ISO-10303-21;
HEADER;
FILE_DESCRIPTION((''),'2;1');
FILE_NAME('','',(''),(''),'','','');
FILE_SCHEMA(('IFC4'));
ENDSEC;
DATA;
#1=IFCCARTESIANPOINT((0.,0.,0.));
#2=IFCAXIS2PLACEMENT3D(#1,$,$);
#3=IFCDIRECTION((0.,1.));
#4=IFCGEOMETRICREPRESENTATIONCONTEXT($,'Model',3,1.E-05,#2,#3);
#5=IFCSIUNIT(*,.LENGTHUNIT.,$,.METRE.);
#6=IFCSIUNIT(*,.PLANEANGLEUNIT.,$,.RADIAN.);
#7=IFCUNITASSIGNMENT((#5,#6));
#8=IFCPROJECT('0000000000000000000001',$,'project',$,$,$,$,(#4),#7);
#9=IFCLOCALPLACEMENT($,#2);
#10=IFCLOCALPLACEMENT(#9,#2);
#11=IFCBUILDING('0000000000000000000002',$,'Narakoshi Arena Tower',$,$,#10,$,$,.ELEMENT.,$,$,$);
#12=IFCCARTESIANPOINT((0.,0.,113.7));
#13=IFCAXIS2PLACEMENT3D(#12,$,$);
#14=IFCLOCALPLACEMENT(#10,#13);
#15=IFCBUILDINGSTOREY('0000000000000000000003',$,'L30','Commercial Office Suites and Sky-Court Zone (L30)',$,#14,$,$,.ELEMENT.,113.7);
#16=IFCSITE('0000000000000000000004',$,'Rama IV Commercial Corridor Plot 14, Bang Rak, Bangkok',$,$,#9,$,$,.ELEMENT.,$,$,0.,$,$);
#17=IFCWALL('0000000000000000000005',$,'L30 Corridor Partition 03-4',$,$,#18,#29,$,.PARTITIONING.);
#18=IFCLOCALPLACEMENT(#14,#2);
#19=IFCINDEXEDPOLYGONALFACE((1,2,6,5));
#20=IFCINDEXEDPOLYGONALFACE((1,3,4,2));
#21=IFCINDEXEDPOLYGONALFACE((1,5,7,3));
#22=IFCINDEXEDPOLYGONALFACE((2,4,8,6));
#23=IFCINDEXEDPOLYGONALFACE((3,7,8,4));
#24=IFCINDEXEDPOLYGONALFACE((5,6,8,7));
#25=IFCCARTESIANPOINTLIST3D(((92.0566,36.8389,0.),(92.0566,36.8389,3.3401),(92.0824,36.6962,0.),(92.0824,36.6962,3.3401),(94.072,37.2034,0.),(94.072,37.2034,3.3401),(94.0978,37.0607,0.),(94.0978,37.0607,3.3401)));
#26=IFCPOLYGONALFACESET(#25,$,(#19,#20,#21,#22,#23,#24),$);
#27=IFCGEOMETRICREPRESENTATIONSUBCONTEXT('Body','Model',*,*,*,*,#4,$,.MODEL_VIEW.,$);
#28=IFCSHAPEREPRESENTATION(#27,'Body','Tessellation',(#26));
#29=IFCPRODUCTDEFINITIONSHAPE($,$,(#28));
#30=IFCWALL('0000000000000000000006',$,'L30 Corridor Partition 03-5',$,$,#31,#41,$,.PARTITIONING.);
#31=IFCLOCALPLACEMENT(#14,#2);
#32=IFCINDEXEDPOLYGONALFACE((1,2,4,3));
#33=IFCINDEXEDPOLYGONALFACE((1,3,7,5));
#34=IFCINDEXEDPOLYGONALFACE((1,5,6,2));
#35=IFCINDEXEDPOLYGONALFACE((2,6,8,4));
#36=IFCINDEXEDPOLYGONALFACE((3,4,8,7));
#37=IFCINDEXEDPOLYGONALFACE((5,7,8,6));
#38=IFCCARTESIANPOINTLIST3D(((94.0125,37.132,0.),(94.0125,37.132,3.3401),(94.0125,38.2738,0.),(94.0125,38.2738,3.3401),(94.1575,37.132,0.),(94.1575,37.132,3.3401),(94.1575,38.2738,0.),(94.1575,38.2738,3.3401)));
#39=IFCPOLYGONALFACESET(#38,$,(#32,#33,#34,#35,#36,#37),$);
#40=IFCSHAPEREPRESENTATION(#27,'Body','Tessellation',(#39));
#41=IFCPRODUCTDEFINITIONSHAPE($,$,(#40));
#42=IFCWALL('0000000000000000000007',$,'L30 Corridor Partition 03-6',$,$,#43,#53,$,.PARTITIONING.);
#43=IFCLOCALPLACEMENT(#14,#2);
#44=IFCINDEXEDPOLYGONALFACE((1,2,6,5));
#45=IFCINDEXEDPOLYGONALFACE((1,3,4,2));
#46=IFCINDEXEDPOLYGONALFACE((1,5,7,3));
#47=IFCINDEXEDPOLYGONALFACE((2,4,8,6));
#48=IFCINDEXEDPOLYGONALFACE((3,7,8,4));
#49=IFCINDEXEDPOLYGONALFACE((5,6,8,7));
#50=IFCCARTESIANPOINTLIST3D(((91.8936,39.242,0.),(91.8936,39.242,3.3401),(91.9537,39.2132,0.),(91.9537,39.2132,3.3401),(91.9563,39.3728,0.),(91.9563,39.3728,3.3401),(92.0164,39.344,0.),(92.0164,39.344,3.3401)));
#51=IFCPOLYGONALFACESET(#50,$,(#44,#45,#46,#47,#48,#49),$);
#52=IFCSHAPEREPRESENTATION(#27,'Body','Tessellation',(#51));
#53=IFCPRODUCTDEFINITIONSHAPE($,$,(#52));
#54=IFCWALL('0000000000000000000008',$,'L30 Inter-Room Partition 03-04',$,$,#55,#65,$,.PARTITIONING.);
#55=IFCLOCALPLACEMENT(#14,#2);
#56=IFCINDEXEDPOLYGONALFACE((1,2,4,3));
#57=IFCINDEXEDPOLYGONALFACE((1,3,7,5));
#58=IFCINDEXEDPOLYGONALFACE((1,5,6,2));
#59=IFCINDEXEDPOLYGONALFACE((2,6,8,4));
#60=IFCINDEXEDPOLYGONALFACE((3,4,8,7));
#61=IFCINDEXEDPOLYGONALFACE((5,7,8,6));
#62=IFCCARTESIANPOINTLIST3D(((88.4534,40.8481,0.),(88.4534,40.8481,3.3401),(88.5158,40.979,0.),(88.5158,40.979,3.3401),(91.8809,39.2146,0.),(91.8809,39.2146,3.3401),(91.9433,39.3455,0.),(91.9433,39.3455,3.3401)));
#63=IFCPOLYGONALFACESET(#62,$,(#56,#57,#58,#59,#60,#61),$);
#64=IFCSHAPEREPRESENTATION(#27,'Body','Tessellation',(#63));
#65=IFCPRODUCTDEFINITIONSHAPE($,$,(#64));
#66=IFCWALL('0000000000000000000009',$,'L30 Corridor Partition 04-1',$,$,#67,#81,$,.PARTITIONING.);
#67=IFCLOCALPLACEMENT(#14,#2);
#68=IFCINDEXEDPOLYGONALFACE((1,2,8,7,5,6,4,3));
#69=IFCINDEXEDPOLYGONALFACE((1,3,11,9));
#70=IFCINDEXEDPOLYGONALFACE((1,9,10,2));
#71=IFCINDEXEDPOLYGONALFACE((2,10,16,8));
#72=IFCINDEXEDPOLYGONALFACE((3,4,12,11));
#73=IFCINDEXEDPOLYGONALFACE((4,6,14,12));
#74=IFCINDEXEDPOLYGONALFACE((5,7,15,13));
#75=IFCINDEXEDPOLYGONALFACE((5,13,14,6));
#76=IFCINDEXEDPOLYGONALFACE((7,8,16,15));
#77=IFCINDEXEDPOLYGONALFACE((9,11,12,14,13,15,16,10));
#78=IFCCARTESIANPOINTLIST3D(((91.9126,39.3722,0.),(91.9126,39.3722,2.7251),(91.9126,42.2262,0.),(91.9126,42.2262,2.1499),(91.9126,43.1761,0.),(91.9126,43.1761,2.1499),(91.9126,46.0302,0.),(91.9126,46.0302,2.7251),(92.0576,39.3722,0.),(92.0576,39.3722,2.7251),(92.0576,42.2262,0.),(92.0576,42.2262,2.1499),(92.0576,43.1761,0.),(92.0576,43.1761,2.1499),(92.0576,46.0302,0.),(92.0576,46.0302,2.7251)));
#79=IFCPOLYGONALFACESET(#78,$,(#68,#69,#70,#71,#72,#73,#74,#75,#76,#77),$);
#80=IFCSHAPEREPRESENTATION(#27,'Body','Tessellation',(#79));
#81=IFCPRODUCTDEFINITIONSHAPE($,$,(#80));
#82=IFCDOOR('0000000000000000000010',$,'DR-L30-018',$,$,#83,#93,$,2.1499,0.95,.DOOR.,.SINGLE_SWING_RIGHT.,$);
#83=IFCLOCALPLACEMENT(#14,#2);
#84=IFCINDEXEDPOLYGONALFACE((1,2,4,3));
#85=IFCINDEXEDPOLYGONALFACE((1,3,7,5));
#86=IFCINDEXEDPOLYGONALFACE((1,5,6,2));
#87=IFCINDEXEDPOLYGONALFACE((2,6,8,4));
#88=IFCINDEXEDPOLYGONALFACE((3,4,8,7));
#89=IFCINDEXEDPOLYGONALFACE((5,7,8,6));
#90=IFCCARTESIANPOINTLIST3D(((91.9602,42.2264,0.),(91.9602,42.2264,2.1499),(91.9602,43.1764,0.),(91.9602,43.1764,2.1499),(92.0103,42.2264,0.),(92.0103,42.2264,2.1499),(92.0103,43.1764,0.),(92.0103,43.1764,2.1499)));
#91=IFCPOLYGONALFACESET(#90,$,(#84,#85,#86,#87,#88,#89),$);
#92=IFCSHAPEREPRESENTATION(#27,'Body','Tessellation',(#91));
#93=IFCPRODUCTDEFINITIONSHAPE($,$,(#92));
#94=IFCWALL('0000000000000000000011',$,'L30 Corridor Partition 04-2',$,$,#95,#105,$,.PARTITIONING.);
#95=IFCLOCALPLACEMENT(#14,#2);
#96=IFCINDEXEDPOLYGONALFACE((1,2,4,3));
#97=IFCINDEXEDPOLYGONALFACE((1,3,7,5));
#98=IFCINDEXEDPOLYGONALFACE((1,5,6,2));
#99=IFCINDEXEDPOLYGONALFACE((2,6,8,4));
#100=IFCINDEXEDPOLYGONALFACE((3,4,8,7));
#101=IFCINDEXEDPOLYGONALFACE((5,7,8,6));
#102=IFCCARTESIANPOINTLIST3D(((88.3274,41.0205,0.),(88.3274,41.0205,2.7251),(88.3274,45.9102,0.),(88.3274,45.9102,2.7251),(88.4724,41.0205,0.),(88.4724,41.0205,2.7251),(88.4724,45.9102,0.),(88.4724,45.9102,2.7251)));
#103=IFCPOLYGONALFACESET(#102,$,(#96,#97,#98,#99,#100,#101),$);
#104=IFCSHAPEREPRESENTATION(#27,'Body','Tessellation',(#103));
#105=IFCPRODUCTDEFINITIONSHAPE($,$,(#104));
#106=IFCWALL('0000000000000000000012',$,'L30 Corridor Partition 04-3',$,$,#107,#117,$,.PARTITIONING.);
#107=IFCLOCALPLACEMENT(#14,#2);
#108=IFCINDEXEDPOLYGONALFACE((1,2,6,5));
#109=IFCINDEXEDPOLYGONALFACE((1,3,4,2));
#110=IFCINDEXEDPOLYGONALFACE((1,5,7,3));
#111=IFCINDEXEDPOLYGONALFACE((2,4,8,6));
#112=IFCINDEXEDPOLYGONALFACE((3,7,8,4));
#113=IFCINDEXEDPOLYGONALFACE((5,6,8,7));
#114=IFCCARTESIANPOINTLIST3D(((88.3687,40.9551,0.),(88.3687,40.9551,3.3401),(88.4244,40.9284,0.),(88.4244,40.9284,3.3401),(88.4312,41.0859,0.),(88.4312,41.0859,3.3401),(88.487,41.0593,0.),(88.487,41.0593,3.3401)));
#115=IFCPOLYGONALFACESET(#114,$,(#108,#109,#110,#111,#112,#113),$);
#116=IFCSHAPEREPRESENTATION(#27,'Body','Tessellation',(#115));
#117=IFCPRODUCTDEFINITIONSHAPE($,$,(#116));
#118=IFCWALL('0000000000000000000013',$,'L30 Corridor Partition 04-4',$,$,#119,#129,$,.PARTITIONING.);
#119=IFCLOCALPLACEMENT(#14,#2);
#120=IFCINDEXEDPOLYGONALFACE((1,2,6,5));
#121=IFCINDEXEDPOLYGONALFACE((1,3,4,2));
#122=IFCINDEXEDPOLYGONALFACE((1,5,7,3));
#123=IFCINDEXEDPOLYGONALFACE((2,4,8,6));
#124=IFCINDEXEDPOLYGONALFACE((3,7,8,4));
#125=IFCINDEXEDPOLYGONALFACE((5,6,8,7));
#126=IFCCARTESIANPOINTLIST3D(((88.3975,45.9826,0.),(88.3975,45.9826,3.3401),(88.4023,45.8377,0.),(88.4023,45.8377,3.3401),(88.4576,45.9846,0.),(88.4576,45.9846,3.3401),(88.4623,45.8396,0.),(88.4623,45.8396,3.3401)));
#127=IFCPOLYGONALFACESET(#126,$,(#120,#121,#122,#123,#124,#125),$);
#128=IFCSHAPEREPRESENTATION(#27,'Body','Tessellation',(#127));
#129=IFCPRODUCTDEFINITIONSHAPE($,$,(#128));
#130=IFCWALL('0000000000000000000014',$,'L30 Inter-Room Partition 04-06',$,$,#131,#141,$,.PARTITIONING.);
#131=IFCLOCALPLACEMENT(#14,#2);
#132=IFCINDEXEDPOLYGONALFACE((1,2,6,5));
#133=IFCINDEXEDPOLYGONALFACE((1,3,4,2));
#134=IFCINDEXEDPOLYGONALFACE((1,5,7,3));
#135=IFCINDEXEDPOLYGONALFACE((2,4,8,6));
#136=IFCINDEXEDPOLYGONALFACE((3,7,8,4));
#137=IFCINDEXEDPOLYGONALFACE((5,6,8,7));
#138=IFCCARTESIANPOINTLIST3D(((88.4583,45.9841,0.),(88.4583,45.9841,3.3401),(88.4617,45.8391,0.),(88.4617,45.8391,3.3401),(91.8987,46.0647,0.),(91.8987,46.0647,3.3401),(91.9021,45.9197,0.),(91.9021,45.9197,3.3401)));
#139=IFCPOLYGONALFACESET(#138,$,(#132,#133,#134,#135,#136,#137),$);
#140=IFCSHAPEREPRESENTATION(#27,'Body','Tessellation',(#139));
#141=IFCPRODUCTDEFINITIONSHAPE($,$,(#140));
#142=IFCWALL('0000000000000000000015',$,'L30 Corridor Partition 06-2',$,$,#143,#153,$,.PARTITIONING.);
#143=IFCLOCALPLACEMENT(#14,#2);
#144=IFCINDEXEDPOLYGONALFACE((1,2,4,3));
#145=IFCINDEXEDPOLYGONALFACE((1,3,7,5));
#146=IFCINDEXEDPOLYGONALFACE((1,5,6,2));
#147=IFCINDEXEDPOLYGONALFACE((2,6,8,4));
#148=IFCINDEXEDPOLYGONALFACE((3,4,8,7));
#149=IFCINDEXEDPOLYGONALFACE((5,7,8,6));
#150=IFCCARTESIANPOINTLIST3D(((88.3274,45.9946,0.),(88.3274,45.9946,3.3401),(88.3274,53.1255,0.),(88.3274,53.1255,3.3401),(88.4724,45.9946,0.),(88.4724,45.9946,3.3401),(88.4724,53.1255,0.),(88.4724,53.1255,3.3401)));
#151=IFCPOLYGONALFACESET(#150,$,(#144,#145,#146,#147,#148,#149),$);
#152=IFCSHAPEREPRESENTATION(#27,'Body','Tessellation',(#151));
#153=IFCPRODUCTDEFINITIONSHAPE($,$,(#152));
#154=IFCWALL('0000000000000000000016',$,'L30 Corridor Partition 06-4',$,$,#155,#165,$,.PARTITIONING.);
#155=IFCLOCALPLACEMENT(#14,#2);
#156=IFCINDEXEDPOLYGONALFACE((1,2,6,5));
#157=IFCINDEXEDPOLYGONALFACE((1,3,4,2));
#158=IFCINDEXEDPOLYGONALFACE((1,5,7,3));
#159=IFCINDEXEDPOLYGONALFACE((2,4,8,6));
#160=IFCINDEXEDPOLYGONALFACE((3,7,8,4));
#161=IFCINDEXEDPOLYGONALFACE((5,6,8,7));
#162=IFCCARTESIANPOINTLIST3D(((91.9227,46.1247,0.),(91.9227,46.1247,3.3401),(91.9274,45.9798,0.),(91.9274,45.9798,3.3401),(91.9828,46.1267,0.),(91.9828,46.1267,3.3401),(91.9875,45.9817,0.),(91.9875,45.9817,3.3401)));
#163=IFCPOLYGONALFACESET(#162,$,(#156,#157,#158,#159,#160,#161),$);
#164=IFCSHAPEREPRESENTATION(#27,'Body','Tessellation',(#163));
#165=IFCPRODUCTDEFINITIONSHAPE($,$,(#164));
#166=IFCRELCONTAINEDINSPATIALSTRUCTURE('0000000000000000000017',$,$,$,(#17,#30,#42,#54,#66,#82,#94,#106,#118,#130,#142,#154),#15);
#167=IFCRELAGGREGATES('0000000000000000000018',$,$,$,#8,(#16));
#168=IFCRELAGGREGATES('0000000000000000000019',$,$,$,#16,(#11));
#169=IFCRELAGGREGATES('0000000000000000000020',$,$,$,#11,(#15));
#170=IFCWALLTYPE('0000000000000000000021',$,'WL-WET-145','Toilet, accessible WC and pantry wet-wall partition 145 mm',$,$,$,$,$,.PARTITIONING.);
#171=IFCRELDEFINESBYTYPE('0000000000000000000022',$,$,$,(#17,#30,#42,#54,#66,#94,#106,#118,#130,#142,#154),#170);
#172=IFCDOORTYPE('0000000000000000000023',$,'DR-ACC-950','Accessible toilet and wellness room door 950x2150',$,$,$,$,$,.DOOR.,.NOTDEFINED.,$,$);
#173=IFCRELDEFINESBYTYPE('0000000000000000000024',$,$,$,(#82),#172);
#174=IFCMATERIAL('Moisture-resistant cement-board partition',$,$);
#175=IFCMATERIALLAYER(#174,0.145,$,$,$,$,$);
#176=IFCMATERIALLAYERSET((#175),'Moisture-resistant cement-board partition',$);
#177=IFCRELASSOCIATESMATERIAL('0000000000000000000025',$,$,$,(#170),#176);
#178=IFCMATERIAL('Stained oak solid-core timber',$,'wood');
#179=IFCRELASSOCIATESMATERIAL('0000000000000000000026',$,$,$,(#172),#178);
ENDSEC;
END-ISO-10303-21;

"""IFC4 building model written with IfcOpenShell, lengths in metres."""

from ifc_helpers import new_model, si_unit, direction, frame, frame_2d, origin, place, context, subcontext, project, spatial, rectangle, extrude, material, layer, layer_set, type_object, element, fill, save


model = new_model("IFC4")

# Units and contexts
model_context = context("Model", 3, precision=1e-05, world=origin(), true_north=direction((0.0, 1.0)))
body_context = subcontext(model_context, "Body", "Model", "MODEL_VIEW")
ifc_project = project(units=[si_unit("LENGTHUNIT", "METRE"), si_unit("PLANEANGLEUNIT", "RADIAN")], contexts=[model_context])

# Site, building, storey
site_placement = place(None, origin())
site = spatial("IfcSite", under=ifc_project, at=site_placement, Name="Rama IV Commercial Corridor Plot 14, Bang Rak, Bangkok", CompositionType="ELEMENT", RefElevation=0.0)
building_placement = place(site_placement, origin())
building = spatial("IfcBuilding", under=site, at=building_placement, Name="Narakoshi Arena Tower", CompositionType="ELEMENT")
storey_placement = place(building_placement, frame((0.0, 0.0, 113.7)))
storey = spatial("IfcBuildingStorey", under=building, at=storey_placement, Name="L30", Description="Commercial Office Suites and Sky-Court Zone (L30)", CompositionType="ELEMENT", Elevation=113.7)

# Shared definitions
ifc_material_1 = material(Name="Stained oak solid-core timber", Category="wood")
ifc_material_2 = material(Name="Moisture-resistant cement-board partition")
ifc_layer_1 = layer(ifc_material_2, 0.145)
ifc_layer_set_1 = layer_set([ifc_layer_1], Name="Moisture-resistant cement-board partition")
wall_type_1 = type_object("IfcWallType", Name="WL-WET-145", Description="Toilet, accessible WC and pantry wet-wall partition 145 mm", PredefinedType="PARTITIONING", material=ifc_layer_set_1)

# Walls
wall_1_placement = place(storey_placement, frame((92.0696, 36.7676, 0.0), z_axis=(0.0, 0.0, 1.0), x_axis=(0.984035, 0.177973, 0.0)))
element("IfcWall", 1, at=wall_1_placement, inside=storey, type_object=wall_type_1, Name="L30 Corridor Partition 03-4", PredefinedType="PARTITIONING", context=body_context, shape_type="SweptSolid", body=[
    extrude(rectangle(XDim=2.0481, YDim=0.145, at=frame_2d((1.0239, 0.0))), origin(), (0.0, 0.0, 1.0), 3.3401),
])
wall_2_placement = place(storey_placement, frame((94.085, 37.1321, 0.0), z_axis=(0.0, 0.0, 1.0), x_axis=(0.0, 1.0, 0.0)))
element("IfcWall", 2, at=wall_2_placement, inside=storey, type_object=wall_type_1, Name="L30 Corridor Partition 03-5", PredefinedType="PARTITIONING", context=body_context, shape_type="SweptSolid", body=[
    extrude(rectangle(XDim=1.1418, YDim=0.145, at=frame_2d((0.5708, 0.0))), origin(), (0.0, 0.0, 1.0), 3.3401),
])
wall_3_placement = place(storey_placement, frame((91.925, 39.3074, 0.0), z_axis=(0.0, 0.0, 1.0), x_axis=(0.901637, -0.432493, 0.0)))
element("IfcWall", 3, at=wall_3_placement, inside=storey, type_object=wall_type_1, Name="L30 Corridor Partition 03-6", PredefinedType="PARTITIONING", context=body_context, shape_type="SweptSolid", body=[
    extrude(rectangle(XDim=0.0667, YDim=0.145, at=frame_2d((0.0332, 0.0))), origin(), (0.0, 0.0, 1.0), 3.3401),
])
wall_4_placement = place(storey_placement, frame((88.4846, 40.9136, 0.0), z_axis=(0.0, 0.0, 1.0), x_axis=(0.902717, -0.430236, 0.0)))
element("IfcWall", 4, at=wall_4_placement, inside=storey, type_object=wall_type_1, Name="L30 Inter-Room Partition 03-04", PredefinedType="PARTITIONING", context=body_context, shape_type="SweptSolid", body=[
    extrude(rectangle(XDim=3.7969, YDim=0.145, at=frame_2d((1.8984, 0.0))), origin(), (0.0, 0.0, 1.0), 3.3401),
])

# Wall, opening, door
wall_5_placement = place(storey_placement, frame((91.9851, 46.0303, 0.0), z_axis=(0.0, 0.0, 1.0), x_axis=(0.0, -1.0, 0.0)))
wall_5 = element("IfcWall", 5, at=wall_5_placement, inside=storey, type_object=wall_type_1, Name="L30 Corridor Partition 04-1", PredefinedType="PARTITIONING", context=body_context, shape_type="SweptSolid", body=[
    extrude(rectangle(XDim=6.658, YDim=0.145, at=frame_2d((3.3291, 0.0))), origin(), (0.0, 0.0, 1.0), 2.7251),
])
opening_1_placement = place(wall_5_placement, frame((2.854, 0.0, 0.0)))
opening_1 = element("IfcOpeningElement", 6, at=opening_1_placement, cuts=wall_5, PredefinedType="OPENING", context=body_context, shape_type="SweptSolid", body=[
    extrude(rectangle(XDim=0.95, YDim=2.1499, at=frame_2d((0.4751, 1.075))), frame((0.0, 0.0825, 0.0), z_axis=(0.0, -1.0, 0.0), x_axis=(1.0, 0.0, 0.0)), (0.0, 0.0, 1.0), 0.165),
])
door_type_1 = type_object("IfcDoorType", Name="DR-ACC-950", Description="Accessible toilet and wellness room door 950x2150", OperationType="NOTDEFINED", PredefinedType="DOOR", material=ifc_material_1)
door_1_placement = place(opening_1_placement, frame((0.95, 0.0, 0.0), z_axis=(0.0, 0.0, 1.0), x_axis=(-1.0, 0.0, 0.0)))
door_1 = element("IfcDoor", 7, at=door_1_placement, inside=storey, type_object=door_type_1, Name="DR-L30-018", OperationType="SINGLE_SWING_RIGHT", OverallHeight=2.1499, OverallWidth=0.95, PredefinedType="DOOR", context=body_context, shape_type="SweptSolid", body=[
    extrude(rectangle(XDim=0.95, YDim=2.1499, at=frame_2d((0.4751, 1.075))), frame((0.0, 0.0249, 0.0), z_axis=(0.0, -1.0, 0.0), x_axis=(1.0, 0.0, 0.0)), (0.0, 0.0, 1.0), 0.05),
])
fill(opening_1, door_1)

# Walls
wall_6_placement = place(storey_placement, frame((88.3999, 41.0205, 0.0), z_axis=(0.0, 0.0, 1.0), x_axis=(0.0, 1.0, 0.0)))
element("IfcWall", 8, at=wall_6_placement, inside=storey, type_object=wall_type_1, Name="L30 Corridor Partition 04-2", PredefinedType="PARTITIONING", context=body_context, shape_type="SweptSolid", body=[
    extrude(rectangle(XDim=4.8896, YDim=0.145, at=frame_2d((2.4448, 0.0))), origin(), (0.0, 0.0, 1.0), 2.7251),
])
wall_7_placement = place(storey_placement, frame((88.4556, 40.9939, 0.0), z_axis=(0.0, 0.0, 1.0), x_axis=(-0.902201, 0.431315, 0.0)))
element("IfcWall", 9, at=wall_7_placement, inside=storey, type_object=wall_type_1, Name="L30 Corridor Partition 04-3", PredefinedType="PARTITIONING", context=body_context, shape_type="SweptSolid", body=[
    extrude(rectangle(XDim=0.0618, YDim=0.145, at=frame_2d((0.0308, 0.0))), origin(), (0.0, 0.0, 1.0), 3.3401),
])
wall_8_placement = place(storey_placement, frame((88.3999, 45.9102, 0.0), z_axis=(0.0, 0.0, 1.0), x_axis=(0.999472, 0.032503, 0.0)))
element("IfcWall", 10, at=wall_8_placement, inside=storey, type_object=wall_type_1, Name="L30 Corridor Partition 04-4", PredefinedType="PARTITIONING", context=body_context, shape_type="SweptSolid", body=[
    extrude(rectangle(XDim=0.0601, YDim=0.145, at=frame_2d((0.03, 0.0))), origin(), (0.0, 0.0, 1.0), 3.3401),
])
wall_9_placement = place(storey_placement, frame((88.46, 45.9116, 0.0), z_axis=(0.0, 0.0, 1.0), x_axis=(0.999726, 0.023411, 0.0)))
element("IfcWall", 11, at=wall_9_placement, inside=storey, type_object=wall_type_1, Name="L30 Inter-Room Partition 04-06", PredefinedType="PARTITIONING", context=body_context, shape_type="SweptSolid", body=[
    extrude(rectangle(XDim=3.4414, YDim=0.145, at=frame_2d((1.7207, 0.0))), origin(), (0.0, 0.0, 1.0), 3.3401),
])
wall_10_placement = place(storey_placement, frame((88.3999, 45.9946, 0.0), z_axis=(0.0, 0.0, 1.0), x_axis=(0.0, 1.0, 0.0)))
element("IfcWall", 12, at=wall_10_placement, inside=storey, type_object=wall_type_1, Name="L30 Corridor Partition 06-2", PredefinedType="PARTITIONING", context=body_context, shape_type="SweptSolid", body=[
    extrude(rectangle(XDim=7.1309, YDim=0.145, at=frame_2d((3.5654, 0.0))), origin(), (0.0, 0.0, 1.0), 3.3401),
])
wall_11_placement = place(storey_placement, frame((91.9851, 46.0542, 0.0), z_axis=(0.0, 0.0, 1.0), x_axis=(-0.999472, -0.032503, 0.0)))
element("IfcWall", 13, at=wall_11_placement, inside=storey, type_object=wall_type_1, Name="L30 Corridor Partition 06-4", PredefinedType="PARTITIONING", context=body_context, shape_type="SweptSolid", body=[
    extrude(rectangle(XDim=0.0601, YDim=0.145, at=frame_2d((0.03, 0.0))), origin(), (0.0, 0.0, 1.0), 3.3401),
])

save(model, "model.ifc")
